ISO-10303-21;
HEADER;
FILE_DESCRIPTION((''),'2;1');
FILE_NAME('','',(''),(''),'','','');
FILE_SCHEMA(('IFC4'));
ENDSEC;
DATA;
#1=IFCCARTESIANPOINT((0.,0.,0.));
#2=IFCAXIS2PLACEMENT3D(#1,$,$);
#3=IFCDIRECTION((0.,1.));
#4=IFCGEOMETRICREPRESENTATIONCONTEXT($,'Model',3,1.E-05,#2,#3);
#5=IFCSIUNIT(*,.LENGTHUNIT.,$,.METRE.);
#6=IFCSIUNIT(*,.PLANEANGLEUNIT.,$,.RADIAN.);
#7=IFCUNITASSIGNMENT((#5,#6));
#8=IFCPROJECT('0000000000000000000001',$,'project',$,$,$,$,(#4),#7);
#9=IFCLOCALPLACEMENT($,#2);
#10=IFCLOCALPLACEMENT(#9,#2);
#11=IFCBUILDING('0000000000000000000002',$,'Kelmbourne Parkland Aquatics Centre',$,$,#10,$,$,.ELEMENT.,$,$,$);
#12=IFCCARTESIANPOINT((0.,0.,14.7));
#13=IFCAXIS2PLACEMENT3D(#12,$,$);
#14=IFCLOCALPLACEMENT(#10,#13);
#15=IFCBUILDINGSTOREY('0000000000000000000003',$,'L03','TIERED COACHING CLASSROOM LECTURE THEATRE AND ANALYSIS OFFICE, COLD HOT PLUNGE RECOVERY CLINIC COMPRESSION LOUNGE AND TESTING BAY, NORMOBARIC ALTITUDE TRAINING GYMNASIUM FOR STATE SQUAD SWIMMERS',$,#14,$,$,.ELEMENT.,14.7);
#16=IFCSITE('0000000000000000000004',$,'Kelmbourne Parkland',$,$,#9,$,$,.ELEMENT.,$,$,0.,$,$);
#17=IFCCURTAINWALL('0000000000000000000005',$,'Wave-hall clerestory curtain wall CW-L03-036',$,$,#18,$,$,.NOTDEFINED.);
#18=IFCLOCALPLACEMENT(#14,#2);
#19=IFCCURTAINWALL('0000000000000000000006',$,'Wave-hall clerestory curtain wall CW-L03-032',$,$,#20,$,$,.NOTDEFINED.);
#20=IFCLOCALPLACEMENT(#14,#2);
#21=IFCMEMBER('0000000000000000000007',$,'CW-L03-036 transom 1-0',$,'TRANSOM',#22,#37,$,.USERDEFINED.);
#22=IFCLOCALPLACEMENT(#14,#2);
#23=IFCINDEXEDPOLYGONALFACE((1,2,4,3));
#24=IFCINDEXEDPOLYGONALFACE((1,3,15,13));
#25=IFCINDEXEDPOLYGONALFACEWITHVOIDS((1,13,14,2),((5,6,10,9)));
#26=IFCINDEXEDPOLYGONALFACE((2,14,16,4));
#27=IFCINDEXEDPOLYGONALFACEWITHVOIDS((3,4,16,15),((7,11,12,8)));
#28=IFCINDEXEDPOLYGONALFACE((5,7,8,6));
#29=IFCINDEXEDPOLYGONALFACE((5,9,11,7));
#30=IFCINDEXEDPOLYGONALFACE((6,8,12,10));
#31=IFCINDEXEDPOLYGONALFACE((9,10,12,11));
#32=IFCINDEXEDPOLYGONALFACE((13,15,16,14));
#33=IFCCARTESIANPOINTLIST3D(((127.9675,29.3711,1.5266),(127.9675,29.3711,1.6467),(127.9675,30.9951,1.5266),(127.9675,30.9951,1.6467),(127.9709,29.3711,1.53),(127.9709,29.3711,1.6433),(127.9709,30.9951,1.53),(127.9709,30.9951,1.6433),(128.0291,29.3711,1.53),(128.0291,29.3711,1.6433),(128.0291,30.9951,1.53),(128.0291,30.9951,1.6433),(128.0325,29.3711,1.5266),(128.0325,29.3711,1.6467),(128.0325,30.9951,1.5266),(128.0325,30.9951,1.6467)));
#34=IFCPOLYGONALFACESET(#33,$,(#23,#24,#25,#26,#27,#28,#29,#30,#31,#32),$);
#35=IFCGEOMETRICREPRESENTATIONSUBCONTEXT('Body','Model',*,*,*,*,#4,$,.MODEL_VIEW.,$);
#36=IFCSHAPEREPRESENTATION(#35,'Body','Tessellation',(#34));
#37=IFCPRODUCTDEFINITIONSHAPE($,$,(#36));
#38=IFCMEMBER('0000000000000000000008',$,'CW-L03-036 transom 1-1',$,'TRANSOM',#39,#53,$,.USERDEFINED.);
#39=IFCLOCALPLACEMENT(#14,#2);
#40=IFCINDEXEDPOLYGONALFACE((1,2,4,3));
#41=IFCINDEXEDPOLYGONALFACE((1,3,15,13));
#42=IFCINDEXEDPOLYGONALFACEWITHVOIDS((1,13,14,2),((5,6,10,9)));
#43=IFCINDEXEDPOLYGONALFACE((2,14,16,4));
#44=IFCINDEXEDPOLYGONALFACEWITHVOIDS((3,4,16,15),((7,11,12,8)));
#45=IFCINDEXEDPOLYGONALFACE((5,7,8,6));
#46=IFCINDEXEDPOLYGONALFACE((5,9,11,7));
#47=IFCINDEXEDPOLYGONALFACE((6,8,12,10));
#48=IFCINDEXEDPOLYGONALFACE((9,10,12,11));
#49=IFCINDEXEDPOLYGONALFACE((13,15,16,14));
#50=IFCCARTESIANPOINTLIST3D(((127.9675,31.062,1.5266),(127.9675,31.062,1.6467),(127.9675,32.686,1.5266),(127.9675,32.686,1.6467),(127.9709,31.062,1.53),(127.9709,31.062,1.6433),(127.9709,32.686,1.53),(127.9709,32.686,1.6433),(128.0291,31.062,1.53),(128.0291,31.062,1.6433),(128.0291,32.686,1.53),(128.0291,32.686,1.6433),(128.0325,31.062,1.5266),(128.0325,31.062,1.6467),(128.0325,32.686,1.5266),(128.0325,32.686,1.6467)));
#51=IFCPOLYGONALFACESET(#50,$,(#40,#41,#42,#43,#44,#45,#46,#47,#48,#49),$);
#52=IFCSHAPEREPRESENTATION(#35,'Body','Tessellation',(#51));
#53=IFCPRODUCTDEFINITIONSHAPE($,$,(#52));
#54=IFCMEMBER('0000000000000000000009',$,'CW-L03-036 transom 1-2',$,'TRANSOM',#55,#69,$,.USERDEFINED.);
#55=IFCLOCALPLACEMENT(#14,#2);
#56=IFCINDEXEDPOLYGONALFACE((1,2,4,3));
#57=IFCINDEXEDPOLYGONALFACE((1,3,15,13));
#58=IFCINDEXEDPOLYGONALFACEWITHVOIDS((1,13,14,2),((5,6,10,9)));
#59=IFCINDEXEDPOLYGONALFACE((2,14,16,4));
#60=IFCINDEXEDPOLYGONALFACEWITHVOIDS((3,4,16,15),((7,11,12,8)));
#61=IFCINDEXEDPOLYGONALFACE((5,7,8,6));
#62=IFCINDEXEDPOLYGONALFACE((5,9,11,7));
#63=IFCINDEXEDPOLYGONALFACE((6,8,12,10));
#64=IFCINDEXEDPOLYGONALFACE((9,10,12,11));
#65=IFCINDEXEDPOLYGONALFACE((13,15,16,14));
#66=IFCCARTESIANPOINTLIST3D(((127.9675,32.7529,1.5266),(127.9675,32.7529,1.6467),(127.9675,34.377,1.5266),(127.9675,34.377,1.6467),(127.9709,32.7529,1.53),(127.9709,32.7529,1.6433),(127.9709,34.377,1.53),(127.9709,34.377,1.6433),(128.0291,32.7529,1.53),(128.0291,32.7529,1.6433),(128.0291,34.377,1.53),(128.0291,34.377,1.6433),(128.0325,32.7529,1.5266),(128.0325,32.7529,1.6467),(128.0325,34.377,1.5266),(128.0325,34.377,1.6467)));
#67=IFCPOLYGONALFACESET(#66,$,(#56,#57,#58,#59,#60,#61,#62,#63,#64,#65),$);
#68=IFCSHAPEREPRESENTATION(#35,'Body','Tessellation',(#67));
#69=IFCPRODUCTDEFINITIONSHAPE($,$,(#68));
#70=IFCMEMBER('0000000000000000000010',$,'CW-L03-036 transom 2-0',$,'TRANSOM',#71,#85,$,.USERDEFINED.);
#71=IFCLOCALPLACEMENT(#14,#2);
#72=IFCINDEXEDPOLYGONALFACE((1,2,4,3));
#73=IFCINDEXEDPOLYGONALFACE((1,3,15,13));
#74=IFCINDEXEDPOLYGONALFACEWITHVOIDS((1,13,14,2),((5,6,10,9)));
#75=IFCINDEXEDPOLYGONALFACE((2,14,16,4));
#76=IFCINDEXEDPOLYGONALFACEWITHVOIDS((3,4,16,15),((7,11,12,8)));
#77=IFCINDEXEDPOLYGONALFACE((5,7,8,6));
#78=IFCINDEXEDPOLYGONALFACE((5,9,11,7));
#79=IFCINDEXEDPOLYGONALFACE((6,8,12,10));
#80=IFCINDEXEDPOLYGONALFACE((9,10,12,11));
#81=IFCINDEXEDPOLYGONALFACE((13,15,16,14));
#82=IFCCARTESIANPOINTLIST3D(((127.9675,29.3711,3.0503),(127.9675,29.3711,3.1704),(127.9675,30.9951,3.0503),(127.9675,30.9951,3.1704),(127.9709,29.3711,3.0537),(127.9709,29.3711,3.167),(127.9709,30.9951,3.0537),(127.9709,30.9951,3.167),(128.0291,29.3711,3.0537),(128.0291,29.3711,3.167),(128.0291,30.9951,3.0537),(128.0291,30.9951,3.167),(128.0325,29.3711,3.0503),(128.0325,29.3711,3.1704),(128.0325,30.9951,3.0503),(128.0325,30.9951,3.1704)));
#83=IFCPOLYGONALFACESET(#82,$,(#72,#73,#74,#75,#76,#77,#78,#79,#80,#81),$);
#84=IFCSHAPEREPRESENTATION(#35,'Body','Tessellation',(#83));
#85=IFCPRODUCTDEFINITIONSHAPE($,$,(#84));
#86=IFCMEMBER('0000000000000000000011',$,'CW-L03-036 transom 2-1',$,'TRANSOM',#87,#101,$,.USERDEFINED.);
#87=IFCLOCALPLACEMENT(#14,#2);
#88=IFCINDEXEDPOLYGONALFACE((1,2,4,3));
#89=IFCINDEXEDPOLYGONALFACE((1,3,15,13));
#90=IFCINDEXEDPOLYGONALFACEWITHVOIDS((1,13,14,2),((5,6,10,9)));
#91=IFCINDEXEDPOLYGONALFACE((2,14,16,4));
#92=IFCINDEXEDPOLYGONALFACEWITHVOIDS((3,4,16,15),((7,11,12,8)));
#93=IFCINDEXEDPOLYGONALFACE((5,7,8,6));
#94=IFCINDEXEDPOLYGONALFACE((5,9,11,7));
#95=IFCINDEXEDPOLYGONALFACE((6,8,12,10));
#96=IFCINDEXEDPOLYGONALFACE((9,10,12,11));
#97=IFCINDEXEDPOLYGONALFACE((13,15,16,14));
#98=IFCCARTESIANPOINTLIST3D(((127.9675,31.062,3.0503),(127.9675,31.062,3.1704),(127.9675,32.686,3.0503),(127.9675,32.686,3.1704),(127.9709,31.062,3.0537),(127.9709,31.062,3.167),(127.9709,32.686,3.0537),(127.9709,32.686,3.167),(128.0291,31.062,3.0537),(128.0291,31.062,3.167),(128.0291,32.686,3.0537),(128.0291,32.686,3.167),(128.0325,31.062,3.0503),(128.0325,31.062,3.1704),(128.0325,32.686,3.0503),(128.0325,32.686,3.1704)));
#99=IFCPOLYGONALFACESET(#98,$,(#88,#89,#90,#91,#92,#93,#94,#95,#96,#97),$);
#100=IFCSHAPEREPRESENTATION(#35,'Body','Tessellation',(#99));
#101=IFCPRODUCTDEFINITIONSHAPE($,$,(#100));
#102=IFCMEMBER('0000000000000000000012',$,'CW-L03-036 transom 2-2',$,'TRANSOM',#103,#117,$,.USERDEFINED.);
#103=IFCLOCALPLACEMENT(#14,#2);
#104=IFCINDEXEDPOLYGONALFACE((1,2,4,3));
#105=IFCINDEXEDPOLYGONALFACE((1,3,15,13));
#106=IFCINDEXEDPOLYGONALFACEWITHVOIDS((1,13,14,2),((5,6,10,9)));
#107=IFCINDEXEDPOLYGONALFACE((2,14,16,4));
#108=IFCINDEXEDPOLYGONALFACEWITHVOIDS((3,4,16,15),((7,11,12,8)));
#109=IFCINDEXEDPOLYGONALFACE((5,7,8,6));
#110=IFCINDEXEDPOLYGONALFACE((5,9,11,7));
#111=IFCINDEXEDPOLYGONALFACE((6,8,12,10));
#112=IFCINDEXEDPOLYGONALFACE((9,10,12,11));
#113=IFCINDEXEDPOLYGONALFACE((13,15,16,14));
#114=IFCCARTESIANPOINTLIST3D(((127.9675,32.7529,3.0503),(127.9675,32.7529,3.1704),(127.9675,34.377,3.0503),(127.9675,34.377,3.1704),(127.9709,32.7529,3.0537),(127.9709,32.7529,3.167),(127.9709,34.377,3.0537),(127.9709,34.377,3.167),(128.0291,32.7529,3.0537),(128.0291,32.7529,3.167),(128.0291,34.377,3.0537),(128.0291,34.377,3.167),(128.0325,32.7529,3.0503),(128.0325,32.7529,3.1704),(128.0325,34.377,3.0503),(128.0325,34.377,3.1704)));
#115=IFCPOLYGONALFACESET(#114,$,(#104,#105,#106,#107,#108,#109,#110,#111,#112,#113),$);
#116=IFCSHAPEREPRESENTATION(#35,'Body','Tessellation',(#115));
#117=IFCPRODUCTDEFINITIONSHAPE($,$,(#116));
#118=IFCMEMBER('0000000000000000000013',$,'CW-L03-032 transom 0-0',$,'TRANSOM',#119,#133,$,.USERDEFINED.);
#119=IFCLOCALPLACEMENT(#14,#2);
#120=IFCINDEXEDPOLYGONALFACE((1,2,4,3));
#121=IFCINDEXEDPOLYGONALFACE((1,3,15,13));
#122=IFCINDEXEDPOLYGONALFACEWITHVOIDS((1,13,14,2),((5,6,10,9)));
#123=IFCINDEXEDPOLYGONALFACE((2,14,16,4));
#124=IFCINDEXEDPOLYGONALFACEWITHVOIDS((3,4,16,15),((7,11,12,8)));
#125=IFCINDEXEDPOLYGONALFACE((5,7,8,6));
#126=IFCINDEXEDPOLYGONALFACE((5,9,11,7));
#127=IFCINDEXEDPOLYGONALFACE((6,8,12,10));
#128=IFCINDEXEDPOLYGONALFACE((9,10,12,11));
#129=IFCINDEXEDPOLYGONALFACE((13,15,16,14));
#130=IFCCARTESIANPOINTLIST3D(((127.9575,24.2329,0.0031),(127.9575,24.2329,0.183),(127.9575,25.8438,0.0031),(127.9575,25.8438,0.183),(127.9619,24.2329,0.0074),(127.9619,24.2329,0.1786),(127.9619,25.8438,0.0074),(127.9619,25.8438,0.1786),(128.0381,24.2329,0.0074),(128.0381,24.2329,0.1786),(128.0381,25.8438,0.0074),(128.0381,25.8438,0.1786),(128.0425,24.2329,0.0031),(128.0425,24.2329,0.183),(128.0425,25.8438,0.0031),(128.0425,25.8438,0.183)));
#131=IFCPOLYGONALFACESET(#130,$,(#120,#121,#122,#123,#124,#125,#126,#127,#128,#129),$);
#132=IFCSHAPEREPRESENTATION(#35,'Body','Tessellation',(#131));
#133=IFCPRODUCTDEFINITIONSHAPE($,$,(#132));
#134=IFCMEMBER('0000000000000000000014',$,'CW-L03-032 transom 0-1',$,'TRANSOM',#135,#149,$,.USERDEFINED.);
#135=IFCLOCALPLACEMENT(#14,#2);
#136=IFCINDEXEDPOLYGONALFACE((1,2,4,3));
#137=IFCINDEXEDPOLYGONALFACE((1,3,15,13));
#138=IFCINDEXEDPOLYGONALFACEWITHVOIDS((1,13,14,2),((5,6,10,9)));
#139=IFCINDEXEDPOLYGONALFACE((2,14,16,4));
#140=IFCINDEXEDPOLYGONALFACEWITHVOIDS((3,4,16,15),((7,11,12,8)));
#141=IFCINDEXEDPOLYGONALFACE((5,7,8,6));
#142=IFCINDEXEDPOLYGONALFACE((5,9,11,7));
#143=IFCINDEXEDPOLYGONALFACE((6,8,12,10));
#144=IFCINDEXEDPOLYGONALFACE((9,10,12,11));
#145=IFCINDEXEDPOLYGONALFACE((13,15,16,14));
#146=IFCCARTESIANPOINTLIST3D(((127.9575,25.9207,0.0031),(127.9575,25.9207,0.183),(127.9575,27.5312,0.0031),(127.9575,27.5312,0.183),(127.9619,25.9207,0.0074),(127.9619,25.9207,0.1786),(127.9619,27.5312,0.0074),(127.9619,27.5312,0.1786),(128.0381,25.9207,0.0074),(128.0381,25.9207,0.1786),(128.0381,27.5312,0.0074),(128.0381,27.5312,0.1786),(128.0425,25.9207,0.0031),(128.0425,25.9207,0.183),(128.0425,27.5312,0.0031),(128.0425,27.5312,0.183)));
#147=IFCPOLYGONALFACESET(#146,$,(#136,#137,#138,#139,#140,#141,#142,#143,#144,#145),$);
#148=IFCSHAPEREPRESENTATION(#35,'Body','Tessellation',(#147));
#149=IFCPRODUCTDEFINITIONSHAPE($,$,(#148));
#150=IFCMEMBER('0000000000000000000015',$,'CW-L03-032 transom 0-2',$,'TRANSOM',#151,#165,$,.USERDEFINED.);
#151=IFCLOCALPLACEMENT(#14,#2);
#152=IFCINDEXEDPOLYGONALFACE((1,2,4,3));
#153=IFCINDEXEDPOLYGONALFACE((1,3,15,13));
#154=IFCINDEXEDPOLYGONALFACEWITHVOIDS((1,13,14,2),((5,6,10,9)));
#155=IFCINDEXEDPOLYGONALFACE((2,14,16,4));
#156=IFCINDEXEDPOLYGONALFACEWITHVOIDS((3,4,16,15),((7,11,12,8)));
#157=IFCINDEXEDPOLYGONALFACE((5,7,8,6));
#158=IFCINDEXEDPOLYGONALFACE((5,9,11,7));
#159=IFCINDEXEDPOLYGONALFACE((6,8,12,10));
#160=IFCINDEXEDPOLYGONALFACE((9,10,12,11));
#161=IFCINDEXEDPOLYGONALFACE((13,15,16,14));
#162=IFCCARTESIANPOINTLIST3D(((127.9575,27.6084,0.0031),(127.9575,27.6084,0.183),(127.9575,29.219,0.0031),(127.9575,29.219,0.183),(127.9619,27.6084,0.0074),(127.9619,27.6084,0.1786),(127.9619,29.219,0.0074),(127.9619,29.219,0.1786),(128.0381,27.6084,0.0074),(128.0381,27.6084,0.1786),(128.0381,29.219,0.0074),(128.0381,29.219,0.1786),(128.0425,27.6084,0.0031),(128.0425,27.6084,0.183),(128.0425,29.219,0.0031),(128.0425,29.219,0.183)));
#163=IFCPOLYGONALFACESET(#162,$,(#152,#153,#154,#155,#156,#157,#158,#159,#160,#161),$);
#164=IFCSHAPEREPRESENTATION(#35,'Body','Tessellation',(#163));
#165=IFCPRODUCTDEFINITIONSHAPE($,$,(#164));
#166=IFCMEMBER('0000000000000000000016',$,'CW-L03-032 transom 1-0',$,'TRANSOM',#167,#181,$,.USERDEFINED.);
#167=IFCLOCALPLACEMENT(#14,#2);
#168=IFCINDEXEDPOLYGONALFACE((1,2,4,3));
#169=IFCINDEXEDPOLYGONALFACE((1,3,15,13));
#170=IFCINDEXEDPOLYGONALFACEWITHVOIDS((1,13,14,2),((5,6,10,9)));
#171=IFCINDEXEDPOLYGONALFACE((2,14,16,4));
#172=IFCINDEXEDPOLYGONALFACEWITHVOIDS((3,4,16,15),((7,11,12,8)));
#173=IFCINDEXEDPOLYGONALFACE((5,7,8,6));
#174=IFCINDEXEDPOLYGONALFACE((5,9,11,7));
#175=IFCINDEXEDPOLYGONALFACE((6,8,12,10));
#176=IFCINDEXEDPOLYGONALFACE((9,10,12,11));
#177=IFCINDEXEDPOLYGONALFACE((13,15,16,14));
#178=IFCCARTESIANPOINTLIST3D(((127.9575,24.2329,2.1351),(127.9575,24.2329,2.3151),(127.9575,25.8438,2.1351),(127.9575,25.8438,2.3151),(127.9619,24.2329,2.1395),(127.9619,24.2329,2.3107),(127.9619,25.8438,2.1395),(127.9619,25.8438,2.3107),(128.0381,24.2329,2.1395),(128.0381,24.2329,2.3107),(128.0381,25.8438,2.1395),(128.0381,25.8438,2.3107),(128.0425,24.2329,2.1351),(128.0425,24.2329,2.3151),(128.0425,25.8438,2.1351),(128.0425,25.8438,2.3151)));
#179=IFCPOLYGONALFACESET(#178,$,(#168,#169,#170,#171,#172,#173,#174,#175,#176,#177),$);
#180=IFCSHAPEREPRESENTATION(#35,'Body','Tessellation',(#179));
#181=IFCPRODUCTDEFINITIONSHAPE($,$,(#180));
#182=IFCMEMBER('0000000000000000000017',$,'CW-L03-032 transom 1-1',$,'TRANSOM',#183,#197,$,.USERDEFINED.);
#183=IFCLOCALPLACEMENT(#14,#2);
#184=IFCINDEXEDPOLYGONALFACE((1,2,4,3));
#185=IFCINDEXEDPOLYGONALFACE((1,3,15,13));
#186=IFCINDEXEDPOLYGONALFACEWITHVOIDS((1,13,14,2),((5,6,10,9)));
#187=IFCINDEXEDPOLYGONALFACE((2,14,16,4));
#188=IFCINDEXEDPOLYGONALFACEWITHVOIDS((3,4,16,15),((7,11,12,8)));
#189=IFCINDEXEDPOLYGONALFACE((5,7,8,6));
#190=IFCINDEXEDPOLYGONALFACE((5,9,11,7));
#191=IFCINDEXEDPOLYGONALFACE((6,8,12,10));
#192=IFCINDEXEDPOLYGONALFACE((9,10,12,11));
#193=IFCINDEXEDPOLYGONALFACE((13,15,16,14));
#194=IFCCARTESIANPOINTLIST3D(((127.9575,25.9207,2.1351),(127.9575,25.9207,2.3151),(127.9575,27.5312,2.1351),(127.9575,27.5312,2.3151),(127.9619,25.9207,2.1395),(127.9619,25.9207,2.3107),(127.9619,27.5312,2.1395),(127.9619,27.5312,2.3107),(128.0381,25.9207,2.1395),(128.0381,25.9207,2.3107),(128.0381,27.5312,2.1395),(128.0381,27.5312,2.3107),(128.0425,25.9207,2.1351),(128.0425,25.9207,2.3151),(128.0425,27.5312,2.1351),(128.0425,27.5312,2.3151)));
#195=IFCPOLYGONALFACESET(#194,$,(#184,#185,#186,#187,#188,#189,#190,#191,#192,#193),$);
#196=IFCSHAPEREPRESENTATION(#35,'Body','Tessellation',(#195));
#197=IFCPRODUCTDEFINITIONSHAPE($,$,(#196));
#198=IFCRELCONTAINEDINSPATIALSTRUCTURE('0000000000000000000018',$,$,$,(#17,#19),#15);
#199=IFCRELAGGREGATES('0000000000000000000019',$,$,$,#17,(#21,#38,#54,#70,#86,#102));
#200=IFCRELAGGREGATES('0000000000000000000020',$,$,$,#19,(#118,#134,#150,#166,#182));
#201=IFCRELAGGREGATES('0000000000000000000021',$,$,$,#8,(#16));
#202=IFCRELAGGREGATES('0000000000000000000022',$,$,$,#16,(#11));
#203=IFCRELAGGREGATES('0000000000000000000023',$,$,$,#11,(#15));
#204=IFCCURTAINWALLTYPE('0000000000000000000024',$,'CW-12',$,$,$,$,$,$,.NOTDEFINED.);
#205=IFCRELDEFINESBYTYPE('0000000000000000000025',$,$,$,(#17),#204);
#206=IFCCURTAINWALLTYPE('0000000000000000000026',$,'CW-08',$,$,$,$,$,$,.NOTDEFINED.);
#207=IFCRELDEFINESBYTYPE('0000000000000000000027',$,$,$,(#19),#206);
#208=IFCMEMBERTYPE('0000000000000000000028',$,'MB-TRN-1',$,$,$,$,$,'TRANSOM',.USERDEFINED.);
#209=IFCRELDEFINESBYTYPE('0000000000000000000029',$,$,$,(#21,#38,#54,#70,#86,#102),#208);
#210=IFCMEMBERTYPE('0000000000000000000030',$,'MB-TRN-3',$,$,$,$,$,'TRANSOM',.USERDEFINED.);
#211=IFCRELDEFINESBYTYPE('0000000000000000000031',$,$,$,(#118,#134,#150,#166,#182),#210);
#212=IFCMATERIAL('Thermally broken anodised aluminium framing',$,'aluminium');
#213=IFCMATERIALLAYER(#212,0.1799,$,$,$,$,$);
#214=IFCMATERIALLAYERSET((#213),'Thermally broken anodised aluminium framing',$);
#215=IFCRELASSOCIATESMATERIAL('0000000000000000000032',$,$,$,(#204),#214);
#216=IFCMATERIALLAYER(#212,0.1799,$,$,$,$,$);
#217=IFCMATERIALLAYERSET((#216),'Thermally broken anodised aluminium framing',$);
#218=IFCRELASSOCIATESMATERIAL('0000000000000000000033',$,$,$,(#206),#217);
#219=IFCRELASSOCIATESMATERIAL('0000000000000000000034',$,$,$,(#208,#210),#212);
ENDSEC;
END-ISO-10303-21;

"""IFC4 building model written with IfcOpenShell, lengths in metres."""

from ifc_helpers import new_model, si_unit, direction, frame, origin, origin_2d, place, context, subcontext, project, spatial, hollow_rectangle, extrude, material, layer, layer_set, material_profile, profile_set, type_object, element, aggregate, save


model = new_model("IFC4")

# Units and contexts
model_context = context("Model", 3, precision=1e-05, world=origin(), true_north=direction((0.0, 1.0)))
body_context = subcontext(model_context, "Body", "Model", "MODEL_VIEW")
ifc_project = project(units=[si_unit("LENGTHUNIT", "METRE"), si_unit("PLANEANGLEUNIT", "RADIAN")], contexts=[model_context])

# Site, building, storey
site_placement = place(None, origin())
site = spatial("IfcSite", under=ifc_project, at=site_placement, Name="Kelmbourne Parkland", CompositionType="ELEMENT", RefElevation=0.0)
building_placement = place(site_placement, origin())
building = spatial("IfcBuilding", under=site, at=building_placement, Name="Kelmbourne Parkland Aquatics Centre", CompositionType="ELEMENT")
storey_placement = place(building_placement, frame((0.0, 0.0, 14.7)))
storey = spatial("IfcBuildingStorey", under=building, at=storey_placement, Name="L03", Description="TIERED COACHING CLASSROOM LECTURE THEATRE AND ANALYSIS OFFICE, COLD HOT PLUNGE RECOVERY CLINIC COMPRESSION LOUNGE AND TESTING BAY, NORMOBARIC ALTITUDE TRAINING GYMNASIUM FOR STATE SQUAD SWIMMERS", CompositionType="ELEMENT", Elevation=14.7)

# Curtain walls
ifc_material_1 = material(Name="Thermally broken anodised aluminium framing", Category="aluminium")
ifc_layer_1 = layer(ifc_material_1, 0.1799)
ifc_layer_set_1 = layer_set([ifc_layer_1], Name="Thermally broken anodised aluminium framing")
curtain_wall_type_1 = type_object("IfcCurtainWallType", Name="CW-12", PredefinedType="NOTDEFINED", material=ifc_layer_set_1)
curtain_wall_1_placement = place(storey_placement, origin())
curtain_wall_1 = element("IfcCurtainWall", 1, at=curtain_wall_1_placement, inside=storey, type_object=curtain_wall_type_1, Name="Wave-hall clerestory curtain wall CW-L03-036", PredefinedType="NOTDEFINED")
ifc_layer_2 = layer(ifc_material_1, 0.1799)
ifc_layer_set_2 = layer_set([ifc_layer_2], Name="Thermally broken anodised aluminium framing")
curtain_wall_type_2 = type_object("IfcCurtainWallType", Name="CW-08", PredefinedType="NOTDEFINED", material=ifc_layer_set_2)
curtain_wall_2_placement = place(storey_placement, origin())
curtain_wall_2 = element("IfcCurtainWall", 2, at=curtain_wall_2_placement, inside=storey, type_object=curtain_wall_type_2, Name="Wave-hall clerestory curtain wall CW-L03-032", PredefinedType="NOTDEFINED")

# Members
ifc_material_profile_1 = material_profile(ifc_material_1, hollow_rectangle(XDim=0.0649, YDim=0.1201, WallThickness=0.0034, at=origin_2d()), Name="CW-T 65x120")
ifc_profile_set_1 = profile_set([ifc_material_profile_1], Name="Thermally broken anodised aluminium framing")
member_type_1 = type_object("IfcMemberType", Name="MB-TRN-1", ElementType="TRANSOM", PredefinedType="USERDEFINED", material=ifc_profile_set_1)
member_1_placement = place(storey_placement, frame((128.0, 29.3711, 1.5867), z_axis=(0.0, 1.0, 0.0), x_axis=(-1.0, 0.0, 0.0)))
member_1 = element("IfcMember", 3, at=member_1_placement, type_object=member_type_1, Name="CW-L03-036 transom 1-0", ObjectType="TRANSOM", PredefinedType="USERDEFINED", context=body_context, shape_type="SweptSolid", body=[
    extrude(hollow_rectangle(XDim=0.0649, YDim=0.1201, WallThickness=0.0034, at=origin_2d()), origin(), (0.0, 0.0, 1.0), 1.624),
])
member_2_placement = place(storey_placement, frame((128.0, 31.062, 1.5867), z_axis=(0.0, 1.0, 0.0), x_axis=(-1.0, 0.0, 0.0)))
member_2 = element("IfcMember", 4, at=member_2_placement, type_object=member_type_1, Name="CW-L03-036 transom 1-1", ObjectType="TRANSOM", PredefinedType="USERDEFINED", context=body_context, shape_type="SweptSolid", body=[
    extrude(hollow_rectangle(XDim=0.0649, YDim=0.1201, WallThickness=0.0034, at=origin_2d()), origin(), (0.0, 0.0, 1.0), 1.624),
])
member_3_placement = place(storey_placement, frame((128.0, 32.7529, 1.5867), z_axis=(0.0, 1.0, 0.0), x_axis=(-1.0, 0.0, 0.0)))
member_3 = element("IfcMember", 5, at=member_3_placement, type_object=member_type_1, Name="CW-L03-036 transom 1-2", ObjectType="TRANSOM", PredefinedType="USERDEFINED", context=body_context, shape_type="SweptSolid", body=[
    extrude(hollow_rectangle(XDim=0.0649, YDim=0.1201, WallThickness=0.0034, at=origin_2d()), origin(), (0.0, 0.0, 1.0), 1.624),
])
member_4_placement = place(storey_placement, frame((128.0, 29.3711, 3.1104), z_axis=(0.0, 1.0, 0.0), x_axis=(-1.0, 0.0, 0.0)))
member_4 = element("IfcMember", 6, at=member_4_placement, type_object=member_type_1, Name="CW-L03-036 transom 2-0", ObjectType="TRANSOM", PredefinedType="USERDEFINED", context=body_context, shape_type="SweptSolid", body=[
    extrude(hollow_rectangle(XDim=0.0649, YDim=0.1201, WallThickness=0.0034, at=origin_2d()), origin(), (0.0, 0.0, 1.0), 1.624),
])
member_5_placement = place(storey_placement, frame((128.0, 31.062, 3.1104), z_axis=(0.0, 1.0, 0.0), x_axis=(-1.0, 0.0, 0.0)))
member_5 = element("IfcMember", 7, at=member_5_placement, type_object=member_type_1, Name="CW-L03-036 transom 2-1", ObjectType="TRANSOM", PredefinedType="USERDEFINED", context=body_context, shape_type="SweptSolid", body=[
    extrude(hollow_rectangle(XDim=0.0649, YDim=0.1201, WallThickness=0.0034, at=origin_2d()), origin(), (0.0, 0.0, 1.0), 1.624),
])
member_6_placement = place(storey_placement, frame((128.0, 32.7529, 3.1104), z_axis=(0.0, 1.0, 0.0), x_axis=(-1.0, 0.0, 0.0)))
member_6 = element("IfcMember", 8, at=member_6_placement, type_object=member_type_1, Name="CW-L03-036 transom 2-2", ObjectType="TRANSOM", PredefinedType="USERDEFINED", context=body_context, shape_type="SweptSolid", body=[
    extrude(hollow_rectangle(XDim=0.0649, YDim=0.1201, WallThickness=0.0034, at=origin_2d()), origin(), (0.0, 0.0, 1.0), 1.624),
])
ifc_material_profile_2 = material_profile(ifc_material_1, hollow_rectangle(XDim=0.085, YDim=0.1799, WallThickness=0.0044, at=origin_2d()), Name="CW-T 85x180")
ifc_profile_set_2 = profile_set([ifc_material_profile_2], Name="Thermally broken anodised aluminium framing")
member_type_2 = type_object("IfcMemberType", Name="MB-TRN-3", ElementType="TRANSOM", PredefinedType="USERDEFINED", material=ifc_profile_set_2)
member_7_placement = place(storey_placement, frame((128.0, 24.2329, 0.093), z_axis=(0.0, 1.0, 0.0), x_axis=(-1.0, 0.0, 0.0)))
member_7 = element("IfcMember", 9, at=member_7_placement, type_object=member_type_2, Name="CW-L03-032 transom 0-0", ObjectType="TRANSOM", PredefinedType="USERDEFINED", context=body_context, shape_type="SweptSolid", body=[
    extrude(hollow_rectangle(XDim=0.085, YDim=0.1799, WallThickness=0.0044, at=origin_2d()), origin(), (0.0, 0.0, 1.0), 1.6108),
])
member_8_placement = place(storey_placement, frame((128.0, 25.9207, 0.093), z_axis=(0.0, 1.0, 0.0), x_axis=(-1.0, 0.0, 0.0)))
member_8 = element("IfcMember", 10, at=member_8_placement, type_object=member_type_2, Name="CW-L03-032 transom 0-1", ObjectType="TRANSOM", PredefinedType="USERDEFINED", context=body_context, shape_type="SweptSolid", body=[
    extrude(hollow_rectangle(XDim=0.085, YDim=0.1799, WallThickness=0.0044, at=origin_2d()), origin(), (0.0, 0.0, 1.0), 1.6106),
])
member_9_placement = place(storey_placement, frame((128.0, 27.6084, 0.093), z_axis=(0.0, 1.0, 0.0), x_axis=(-1.0, 0.0, 0.0)))
member_9 = element("IfcMember", 11, at=member_9_placement, type_object=member_type_2, Name="CW-L03-032 transom 0-2", ObjectType="TRANSOM", PredefinedType="USERDEFINED", context=body_context, shape_type="SweptSolid", body=[
    extrude(hollow_rectangle(XDim=0.085, YDim=0.1799, WallThickness=0.0044, at=origin_2d()), origin(), (0.0, 0.0, 1.0), 1.6106),
])
member_10_placement = place(storey_placement, frame((128.0, 24.2329, 2.2251), z_axis=(0.0, 1.0, 0.0), x_axis=(-1.0, 0.0, 0.0)))
member_10 = element("IfcMember", 12, at=member_10_placement, type_object=member_type_2, Name="CW-L03-032 transom 1-0", ObjectType="TRANSOM", PredefinedType="USERDEFINED", context=body_context, shape_type="SweptSolid", body=[
    extrude(hollow_rectangle(XDim=0.085, YDim=0.1799, WallThickness=0.0044, at=origin_2d()), origin(), (0.0, 0.0, 1.0), 1.6108),
])
member_11_placement = place(storey_placement, frame((128.0, 25.9207, 2.2251), z_axis=(0.0, 1.0, 0.0), x_axis=(-1.0, 0.0, 0.0)))
member_11 = element("IfcMember", 13, at=member_11_placement, type_object=member_type_2, Name="CW-L03-032 transom 1-1", ObjectType="TRANSOM", PredefinedType="USERDEFINED", context=body_context, shape_type="SweptSolid", body=[
    extrude(hollow_rectangle(XDim=0.085, YDim=0.1799, WallThickness=0.0044, at=origin_2d()), origin(), (0.0, 0.0, 1.0), 1.6106),
])

aggregate(curtain_wall_1, [member_1, member_2, member_3, member_4, member_5, member_6])
aggregate(curtain_wall_2, [member_7, member_8, member_9, member_10, member_11])

save(model, "model.ifc")
